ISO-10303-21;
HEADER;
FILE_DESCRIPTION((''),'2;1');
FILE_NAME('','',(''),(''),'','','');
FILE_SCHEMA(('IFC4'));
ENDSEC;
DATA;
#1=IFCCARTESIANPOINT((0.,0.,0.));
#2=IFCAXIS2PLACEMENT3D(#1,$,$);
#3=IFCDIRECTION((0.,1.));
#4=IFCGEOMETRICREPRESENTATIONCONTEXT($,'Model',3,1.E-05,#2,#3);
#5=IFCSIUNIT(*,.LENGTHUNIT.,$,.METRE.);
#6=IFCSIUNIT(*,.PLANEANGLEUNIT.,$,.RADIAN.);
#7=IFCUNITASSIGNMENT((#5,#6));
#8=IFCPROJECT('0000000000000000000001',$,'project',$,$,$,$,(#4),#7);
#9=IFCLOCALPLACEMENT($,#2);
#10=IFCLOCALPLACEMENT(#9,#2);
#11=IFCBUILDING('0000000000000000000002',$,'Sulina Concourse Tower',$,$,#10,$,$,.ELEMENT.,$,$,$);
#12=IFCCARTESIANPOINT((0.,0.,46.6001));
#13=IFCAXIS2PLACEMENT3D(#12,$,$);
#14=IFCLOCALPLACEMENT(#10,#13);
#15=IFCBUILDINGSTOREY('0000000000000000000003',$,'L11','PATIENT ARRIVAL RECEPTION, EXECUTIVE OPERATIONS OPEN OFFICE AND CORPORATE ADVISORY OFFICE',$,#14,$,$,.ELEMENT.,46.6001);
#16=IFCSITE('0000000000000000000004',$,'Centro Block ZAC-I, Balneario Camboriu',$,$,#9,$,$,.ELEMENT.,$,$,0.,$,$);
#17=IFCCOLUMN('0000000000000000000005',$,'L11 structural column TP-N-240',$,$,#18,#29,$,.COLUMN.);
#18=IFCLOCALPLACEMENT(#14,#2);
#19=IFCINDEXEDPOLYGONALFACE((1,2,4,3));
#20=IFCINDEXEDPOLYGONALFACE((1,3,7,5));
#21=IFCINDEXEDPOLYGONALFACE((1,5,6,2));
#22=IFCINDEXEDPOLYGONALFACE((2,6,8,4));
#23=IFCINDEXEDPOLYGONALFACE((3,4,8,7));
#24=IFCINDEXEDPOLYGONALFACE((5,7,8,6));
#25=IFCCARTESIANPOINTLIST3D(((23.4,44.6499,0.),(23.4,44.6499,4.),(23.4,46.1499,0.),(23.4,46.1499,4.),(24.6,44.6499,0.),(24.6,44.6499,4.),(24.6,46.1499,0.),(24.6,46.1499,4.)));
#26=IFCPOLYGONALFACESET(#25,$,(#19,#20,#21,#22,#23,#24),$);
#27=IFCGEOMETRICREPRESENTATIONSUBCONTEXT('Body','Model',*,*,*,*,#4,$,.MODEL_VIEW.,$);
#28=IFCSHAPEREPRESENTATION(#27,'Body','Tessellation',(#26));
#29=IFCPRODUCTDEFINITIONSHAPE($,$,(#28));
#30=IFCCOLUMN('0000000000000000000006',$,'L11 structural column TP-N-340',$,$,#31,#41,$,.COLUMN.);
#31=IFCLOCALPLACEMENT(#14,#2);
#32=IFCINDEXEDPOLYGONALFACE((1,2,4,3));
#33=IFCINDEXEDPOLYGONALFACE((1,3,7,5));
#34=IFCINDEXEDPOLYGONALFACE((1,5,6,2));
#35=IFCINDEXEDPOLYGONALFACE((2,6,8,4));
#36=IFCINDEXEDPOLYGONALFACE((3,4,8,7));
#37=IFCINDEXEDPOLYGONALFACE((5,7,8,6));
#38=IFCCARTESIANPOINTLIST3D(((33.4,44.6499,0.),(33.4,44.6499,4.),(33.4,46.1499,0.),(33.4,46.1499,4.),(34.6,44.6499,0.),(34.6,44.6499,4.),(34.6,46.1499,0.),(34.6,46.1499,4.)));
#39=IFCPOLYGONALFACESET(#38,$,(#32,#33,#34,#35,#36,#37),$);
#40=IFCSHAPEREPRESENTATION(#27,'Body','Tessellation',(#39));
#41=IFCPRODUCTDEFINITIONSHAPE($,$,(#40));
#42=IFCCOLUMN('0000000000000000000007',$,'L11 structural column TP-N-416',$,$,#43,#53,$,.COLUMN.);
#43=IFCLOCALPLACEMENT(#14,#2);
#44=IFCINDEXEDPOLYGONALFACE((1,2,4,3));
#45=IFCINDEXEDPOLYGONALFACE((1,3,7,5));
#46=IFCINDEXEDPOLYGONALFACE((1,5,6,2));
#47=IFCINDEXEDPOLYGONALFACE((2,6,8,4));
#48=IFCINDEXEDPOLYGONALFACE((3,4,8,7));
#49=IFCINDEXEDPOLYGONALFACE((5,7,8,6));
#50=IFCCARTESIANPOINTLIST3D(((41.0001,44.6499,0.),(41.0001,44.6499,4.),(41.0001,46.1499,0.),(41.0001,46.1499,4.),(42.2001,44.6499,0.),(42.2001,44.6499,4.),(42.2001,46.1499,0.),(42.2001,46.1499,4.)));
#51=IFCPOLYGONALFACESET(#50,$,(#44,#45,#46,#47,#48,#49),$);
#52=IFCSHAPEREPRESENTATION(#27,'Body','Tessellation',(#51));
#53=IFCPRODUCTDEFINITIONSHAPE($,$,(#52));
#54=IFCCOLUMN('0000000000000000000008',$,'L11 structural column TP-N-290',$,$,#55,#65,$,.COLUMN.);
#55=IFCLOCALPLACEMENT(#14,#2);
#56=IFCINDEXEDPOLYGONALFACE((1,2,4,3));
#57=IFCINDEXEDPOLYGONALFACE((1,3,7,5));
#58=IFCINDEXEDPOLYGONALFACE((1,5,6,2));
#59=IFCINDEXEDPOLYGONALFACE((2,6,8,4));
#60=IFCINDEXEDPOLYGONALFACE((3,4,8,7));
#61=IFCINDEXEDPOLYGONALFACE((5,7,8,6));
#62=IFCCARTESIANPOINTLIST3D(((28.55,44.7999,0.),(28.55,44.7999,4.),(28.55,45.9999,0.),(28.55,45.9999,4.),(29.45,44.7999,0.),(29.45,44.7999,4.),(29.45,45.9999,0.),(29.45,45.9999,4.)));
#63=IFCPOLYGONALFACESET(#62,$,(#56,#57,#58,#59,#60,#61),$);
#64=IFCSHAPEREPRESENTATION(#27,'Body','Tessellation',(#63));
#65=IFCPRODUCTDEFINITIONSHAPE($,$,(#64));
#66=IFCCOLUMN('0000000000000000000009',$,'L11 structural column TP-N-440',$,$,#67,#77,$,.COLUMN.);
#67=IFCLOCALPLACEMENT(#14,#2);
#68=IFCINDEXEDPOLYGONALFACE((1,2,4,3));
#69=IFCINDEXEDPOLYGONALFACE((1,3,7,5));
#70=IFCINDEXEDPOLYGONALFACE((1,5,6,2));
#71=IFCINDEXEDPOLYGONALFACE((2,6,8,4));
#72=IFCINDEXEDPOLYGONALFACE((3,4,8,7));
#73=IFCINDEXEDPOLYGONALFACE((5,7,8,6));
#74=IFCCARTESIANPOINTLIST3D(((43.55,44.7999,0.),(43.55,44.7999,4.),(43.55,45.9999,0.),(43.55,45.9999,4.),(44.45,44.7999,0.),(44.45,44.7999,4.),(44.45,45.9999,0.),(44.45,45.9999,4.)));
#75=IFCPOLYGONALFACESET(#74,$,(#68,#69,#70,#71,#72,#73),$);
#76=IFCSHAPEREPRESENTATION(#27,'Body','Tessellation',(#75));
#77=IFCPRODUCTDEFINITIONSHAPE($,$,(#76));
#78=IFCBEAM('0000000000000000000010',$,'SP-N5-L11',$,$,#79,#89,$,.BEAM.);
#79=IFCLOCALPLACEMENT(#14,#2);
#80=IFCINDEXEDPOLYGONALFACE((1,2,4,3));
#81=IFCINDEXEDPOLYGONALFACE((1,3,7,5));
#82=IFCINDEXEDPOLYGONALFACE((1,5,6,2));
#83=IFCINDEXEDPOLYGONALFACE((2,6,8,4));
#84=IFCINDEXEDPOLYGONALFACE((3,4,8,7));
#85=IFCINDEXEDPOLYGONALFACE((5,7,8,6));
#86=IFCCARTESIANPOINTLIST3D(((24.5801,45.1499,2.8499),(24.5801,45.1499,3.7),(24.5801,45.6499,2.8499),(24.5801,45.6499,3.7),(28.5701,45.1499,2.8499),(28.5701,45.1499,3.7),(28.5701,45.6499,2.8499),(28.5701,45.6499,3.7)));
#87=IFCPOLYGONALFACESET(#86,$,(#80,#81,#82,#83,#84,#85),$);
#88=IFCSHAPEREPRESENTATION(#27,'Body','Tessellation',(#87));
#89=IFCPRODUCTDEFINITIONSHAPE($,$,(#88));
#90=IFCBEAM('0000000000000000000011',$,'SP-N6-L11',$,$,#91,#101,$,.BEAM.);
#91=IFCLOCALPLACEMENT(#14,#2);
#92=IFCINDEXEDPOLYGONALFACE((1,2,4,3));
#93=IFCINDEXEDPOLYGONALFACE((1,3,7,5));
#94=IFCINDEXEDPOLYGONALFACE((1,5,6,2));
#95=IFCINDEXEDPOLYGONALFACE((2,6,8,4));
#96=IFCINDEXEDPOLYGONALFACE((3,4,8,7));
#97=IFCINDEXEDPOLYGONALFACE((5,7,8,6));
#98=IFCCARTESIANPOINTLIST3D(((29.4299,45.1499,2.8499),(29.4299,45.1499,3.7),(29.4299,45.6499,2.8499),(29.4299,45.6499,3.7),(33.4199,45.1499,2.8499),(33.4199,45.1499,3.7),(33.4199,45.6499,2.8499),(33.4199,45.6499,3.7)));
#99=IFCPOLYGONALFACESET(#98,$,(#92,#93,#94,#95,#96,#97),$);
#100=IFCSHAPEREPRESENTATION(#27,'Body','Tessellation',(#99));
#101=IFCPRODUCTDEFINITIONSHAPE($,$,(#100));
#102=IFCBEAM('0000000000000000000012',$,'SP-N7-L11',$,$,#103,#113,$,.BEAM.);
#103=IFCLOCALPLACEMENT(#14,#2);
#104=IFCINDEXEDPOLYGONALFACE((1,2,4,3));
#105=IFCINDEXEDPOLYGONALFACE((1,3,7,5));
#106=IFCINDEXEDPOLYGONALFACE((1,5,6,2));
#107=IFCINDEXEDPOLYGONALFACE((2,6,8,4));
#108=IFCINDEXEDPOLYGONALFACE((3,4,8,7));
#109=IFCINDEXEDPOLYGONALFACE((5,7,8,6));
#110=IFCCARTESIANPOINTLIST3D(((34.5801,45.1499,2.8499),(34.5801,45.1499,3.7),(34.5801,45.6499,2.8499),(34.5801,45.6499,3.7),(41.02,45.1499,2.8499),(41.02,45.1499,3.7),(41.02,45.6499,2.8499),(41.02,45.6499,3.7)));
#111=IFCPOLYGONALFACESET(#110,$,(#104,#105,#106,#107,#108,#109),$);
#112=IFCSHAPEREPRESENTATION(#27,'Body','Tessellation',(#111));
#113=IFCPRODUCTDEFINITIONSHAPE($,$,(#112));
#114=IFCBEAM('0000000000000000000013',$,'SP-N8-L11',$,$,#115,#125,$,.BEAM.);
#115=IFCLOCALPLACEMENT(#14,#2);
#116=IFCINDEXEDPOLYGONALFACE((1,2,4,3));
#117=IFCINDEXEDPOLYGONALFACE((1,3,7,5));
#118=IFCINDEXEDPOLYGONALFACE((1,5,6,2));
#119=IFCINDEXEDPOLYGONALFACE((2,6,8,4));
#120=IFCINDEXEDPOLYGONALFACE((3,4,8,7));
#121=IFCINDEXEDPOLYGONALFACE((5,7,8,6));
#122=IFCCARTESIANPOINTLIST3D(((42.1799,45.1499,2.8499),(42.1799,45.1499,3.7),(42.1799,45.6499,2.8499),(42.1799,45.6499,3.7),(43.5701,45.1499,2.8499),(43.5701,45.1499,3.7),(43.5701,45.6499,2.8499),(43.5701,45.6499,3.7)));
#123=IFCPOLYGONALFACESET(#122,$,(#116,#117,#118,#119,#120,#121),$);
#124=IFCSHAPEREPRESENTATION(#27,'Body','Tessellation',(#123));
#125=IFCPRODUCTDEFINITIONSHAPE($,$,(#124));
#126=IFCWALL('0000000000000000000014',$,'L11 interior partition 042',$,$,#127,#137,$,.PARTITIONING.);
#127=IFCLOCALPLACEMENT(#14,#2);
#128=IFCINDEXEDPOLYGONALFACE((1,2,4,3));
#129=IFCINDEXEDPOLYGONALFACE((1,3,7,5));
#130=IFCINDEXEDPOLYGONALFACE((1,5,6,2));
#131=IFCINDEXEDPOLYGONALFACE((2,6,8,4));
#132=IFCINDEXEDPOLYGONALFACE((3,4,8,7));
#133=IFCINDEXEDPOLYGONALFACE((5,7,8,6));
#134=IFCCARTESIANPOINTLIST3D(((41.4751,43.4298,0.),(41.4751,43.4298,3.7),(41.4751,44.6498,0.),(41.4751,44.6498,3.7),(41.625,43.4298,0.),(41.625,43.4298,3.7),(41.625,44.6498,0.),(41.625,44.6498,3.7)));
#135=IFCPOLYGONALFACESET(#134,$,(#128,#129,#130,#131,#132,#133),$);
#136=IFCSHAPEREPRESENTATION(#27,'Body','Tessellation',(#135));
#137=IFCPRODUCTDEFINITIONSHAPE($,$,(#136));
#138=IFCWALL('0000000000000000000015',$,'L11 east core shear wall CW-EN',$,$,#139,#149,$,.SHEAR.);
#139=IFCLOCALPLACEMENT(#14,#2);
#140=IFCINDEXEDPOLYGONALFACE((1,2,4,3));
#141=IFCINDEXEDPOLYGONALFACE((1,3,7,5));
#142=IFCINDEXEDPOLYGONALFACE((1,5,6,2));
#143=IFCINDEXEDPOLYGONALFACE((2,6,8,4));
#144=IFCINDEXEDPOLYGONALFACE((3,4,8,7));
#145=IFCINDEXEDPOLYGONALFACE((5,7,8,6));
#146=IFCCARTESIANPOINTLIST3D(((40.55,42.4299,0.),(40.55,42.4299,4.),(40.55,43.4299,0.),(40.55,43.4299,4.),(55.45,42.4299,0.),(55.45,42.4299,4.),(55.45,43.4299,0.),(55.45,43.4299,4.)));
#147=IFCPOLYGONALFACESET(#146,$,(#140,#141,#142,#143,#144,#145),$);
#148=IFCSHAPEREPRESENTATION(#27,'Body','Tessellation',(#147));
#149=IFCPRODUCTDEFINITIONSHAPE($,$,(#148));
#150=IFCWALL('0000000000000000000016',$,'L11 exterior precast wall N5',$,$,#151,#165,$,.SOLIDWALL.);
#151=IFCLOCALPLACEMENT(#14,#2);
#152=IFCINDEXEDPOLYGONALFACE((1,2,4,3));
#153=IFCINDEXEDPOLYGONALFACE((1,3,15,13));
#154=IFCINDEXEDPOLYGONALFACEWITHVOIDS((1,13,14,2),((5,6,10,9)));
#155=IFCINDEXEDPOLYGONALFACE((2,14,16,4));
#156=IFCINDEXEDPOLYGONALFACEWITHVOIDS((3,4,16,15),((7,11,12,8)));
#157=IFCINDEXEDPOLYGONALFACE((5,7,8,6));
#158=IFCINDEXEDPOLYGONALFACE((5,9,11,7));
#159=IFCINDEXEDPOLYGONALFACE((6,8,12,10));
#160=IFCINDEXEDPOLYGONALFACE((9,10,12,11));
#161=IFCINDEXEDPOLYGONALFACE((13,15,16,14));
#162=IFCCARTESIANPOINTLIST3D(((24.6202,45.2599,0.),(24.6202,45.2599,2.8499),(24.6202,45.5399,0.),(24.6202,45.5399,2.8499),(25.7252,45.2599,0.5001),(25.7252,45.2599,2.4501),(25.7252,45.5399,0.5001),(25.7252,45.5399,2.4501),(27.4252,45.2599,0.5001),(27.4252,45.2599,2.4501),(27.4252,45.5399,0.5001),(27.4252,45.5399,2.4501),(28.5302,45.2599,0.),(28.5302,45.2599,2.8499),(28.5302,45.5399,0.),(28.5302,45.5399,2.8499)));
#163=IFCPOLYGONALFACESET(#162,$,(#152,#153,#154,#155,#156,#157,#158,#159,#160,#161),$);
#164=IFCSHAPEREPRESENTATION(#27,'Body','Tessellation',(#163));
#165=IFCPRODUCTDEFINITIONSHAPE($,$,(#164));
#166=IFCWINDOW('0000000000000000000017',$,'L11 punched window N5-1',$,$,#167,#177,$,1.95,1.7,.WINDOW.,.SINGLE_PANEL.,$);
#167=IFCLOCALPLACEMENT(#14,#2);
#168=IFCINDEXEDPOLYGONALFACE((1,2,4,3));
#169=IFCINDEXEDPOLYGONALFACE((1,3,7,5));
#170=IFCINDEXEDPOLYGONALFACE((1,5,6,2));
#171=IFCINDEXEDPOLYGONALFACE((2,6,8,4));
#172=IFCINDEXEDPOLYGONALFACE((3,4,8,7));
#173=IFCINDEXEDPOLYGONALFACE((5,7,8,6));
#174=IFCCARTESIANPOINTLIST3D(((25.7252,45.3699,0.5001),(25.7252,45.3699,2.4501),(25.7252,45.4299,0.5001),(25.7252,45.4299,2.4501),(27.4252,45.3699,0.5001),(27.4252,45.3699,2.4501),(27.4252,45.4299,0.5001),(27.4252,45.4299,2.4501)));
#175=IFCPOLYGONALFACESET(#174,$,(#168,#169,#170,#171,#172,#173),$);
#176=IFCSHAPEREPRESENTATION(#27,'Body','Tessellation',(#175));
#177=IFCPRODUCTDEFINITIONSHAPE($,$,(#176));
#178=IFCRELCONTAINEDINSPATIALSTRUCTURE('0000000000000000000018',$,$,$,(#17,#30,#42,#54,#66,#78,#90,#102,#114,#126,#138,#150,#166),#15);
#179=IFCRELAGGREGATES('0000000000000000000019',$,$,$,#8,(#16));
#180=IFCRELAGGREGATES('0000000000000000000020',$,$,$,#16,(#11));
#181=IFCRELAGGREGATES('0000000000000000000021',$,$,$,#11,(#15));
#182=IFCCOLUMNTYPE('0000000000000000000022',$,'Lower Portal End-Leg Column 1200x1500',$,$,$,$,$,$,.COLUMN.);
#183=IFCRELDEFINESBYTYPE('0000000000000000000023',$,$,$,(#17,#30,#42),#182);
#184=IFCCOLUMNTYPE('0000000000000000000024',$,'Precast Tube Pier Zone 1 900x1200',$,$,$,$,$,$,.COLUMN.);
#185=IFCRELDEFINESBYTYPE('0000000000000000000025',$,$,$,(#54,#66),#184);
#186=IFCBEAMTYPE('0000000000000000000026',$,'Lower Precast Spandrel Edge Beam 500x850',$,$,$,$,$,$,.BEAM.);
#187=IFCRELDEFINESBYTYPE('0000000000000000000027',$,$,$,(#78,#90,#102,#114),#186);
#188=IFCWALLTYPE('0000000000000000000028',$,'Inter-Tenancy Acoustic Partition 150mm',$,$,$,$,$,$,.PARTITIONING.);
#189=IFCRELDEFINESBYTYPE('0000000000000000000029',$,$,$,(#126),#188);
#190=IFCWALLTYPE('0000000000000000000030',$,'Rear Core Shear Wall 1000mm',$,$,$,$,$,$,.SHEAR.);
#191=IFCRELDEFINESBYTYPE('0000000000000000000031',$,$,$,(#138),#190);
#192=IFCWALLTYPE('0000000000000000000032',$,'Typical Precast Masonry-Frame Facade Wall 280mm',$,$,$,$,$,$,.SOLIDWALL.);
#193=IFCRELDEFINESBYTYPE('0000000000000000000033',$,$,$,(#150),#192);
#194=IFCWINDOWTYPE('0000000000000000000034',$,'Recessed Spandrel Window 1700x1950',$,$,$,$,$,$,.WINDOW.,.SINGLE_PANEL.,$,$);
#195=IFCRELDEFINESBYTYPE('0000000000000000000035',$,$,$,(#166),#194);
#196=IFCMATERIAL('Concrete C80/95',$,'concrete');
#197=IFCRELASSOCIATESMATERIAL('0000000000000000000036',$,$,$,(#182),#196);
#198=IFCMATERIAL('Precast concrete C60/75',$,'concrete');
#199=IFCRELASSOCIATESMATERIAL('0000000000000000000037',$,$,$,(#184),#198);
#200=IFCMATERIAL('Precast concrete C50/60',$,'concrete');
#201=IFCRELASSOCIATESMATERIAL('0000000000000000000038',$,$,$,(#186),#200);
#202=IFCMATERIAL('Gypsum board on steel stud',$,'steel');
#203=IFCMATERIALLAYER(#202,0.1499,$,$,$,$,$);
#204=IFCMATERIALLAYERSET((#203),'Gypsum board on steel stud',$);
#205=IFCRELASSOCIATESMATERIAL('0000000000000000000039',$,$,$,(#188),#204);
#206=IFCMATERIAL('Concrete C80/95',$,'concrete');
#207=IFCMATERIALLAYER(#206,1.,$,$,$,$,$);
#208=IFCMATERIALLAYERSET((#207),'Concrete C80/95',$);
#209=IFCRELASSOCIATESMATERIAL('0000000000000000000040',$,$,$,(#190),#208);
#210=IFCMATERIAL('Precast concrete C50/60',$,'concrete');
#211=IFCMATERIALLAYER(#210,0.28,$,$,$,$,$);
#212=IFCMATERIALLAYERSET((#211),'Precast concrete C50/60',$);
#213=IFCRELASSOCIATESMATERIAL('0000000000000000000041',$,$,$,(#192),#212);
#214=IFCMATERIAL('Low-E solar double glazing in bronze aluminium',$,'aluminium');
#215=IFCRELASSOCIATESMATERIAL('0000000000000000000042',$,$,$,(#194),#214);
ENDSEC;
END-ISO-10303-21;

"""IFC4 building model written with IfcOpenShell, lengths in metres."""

from ifc_helpers import new_model, si_unit, direction, frame, frame_2d, origin, origin_2d, place, context, subcontext, project, spatial, rectangle, extrude, material, layer, layer_set, material_profile, profile_set, type_object, element, fill, save


model = new_model("IFC4")

# Units and contexts
model_context = context("Model", 3, precision=1e-05, world=origin(), true_north=direction((0.0, 1.0)))
body_context = subcontext(model_context, "Body", "Model", "MODEL_VIEW")
ifc_project = project(units=[si_unit("LENGTHUNIT", "METRE"), si_unit("PLANEANGLEUNIT", "RADIAN")], contexts=[model_context])

# Site, building, storey
site_placement = place(None, origin())
site = spatial("IfcSite", under=ifc_project, at=site_placement, Name="Centro Block ZAC-I, Balneario Camboriu", CompositionType="ELEMENT", RefElevation=0.0)
building_placement = place(site_placement, origin())
building = spatial("IfcBuilding", under=site, at=building_placement, Name="Sulina Concourse Tower", CompositionType="ELEMENT")
storey_placement = place(building_placement, frame((0.0, 0.0, 46.6001)))
storey = spatial("IfcBuildingStorey", under=building, at=storey_placement, Name="L11", Description="PATIENT ARRIVAL RECEPTION, EXECUTIVE OPERATIONS OPEN OFFICE AND CORPORATE ADVISORY OFFICE", CompositionType="ELEMENT", Elevation=46.6001)

# Columns
ifc_material_1 = material(Name="Concrete C80/95", Category="concrete")
ifc_material_profile_1 = material_profile(ifc_material_1, rectangle(XDim=1.2, YDim=1.5, at=origin_2d()), Name="RC 1200x1500")
ifc_profile_set_1 = profile_set([ifc_material_profile_1], Name="Concrete C80/95")
column_type_1 = type_object("IfcColumnType", Name="Lower Portal End-Leg Column 1200x1500", PredefinedType="COLUMN", material=ifc_profile_set_1)
for number, where, z_axis, x_axis, name in (
    (1, (24.0, 45.3999, 0.0), (0.0, 0.0, 1.0), (1.0, 0.0, 0.0), "L11 structural column TP-N-240"),
    (2, (34.0, 45.3999, 0.0), (0.0, 0.0, 1.0), (1.0, 0.0, 0.0), "L11 structural column TP-N-340"),
    (3, (41.6001, 45.3999, 0.0), (0.0, 0.0, 1.0), (1.0, 0.0, 0.0), "L11 structural column TP-N-416"),
):
    element("IfcColumn", number, at=place(storey_placement, frame(where, z_axis=z_axis, x_axis=x_axis)), inside=storey, type_object=column_type_1, Name=name, PredefinedType="COLUMN", context=body_context, shape_type="SweptSolid", body=[
        extrude(rectangle(XDim=1.2, YDim=1.5, at=origin_2d()), origin(), (0.0, 0.0, 1.0), 4.0),
    ])
ifc_material_2 = material(Name="Precast concrete C60/75", Category="concrete")
ifc_material_profile_2 = material_profile(ifc_material_2, rectangle(XDim=0.8999, YDim=1.2, at=origin_2d()), Name="PC 900x1200")
ifc_profile_set_2 = profile_set([ifc_material_profile_2], Name="Precast concrete C60/75")
column_type_2 = type_object("IfcColumnType", Name="Precast Tube Pier Zone 1 900x1200", PredefinedType="COLUMN", material=ifc_profile_set_2)
for number, where, z_axis, x_axis, name in (
    (4, (29.0, 45.3999, 0.0), (0.0, 0.0, 1.0), (1.0, 0.0, 0.0), "L11 structural column TP-N-290"),
    (5, (44.0, 45.3999, 0.0), (0.0, 0.0, 1.0), (1.0, 0.0, 0.0), "L11 structural column TP-N-440"),
):
    element("IfcColumn", number, at=place(storey_placement, frame(where, z_axis=z_axis, x_axis=x_axis)), inside=storey, type_object=column_type_2, Name=name, PredefinedType="COLUMN", context=body_context, shape_type="SweptSolid", body=[
        extrude(rectangle(XDim=0.8999, YDim=1.2, at=origin_2d()), origin(), (0.0, 0.0, 1.0), 4.0),
    ])

# Beams
ifc_material_3 = material(Name="Precast concrete C50/60", Category="concrete")
ifc_material_profile_3 = material_profile(ifc_material_3, rectangle(XDim=0.5, YDim=0.8501, at=origin_2d()), Name="RC 500x850")
ifc_profile_set_3 = profile_set([ifc_material_profile_3], Name="Precast concrete C50/60")
beam_type = type_object("IfcBeamType", Name="Lower Precast Spandrel Edge Beam 500x850", PredefinedType="BEAM", material=ifc_profile_set_3)
for number, where, z_axis, x_axis, name in (
    (6, (24.5801, 45.3999, 3.2749), (1.0, 0.0, 0.0), (0.0, 1.0, 0.0), "SP-N5-L11"),
    (7, (29.4299, 45.3999, 3.2749), (1.0, 0.0, 0.0), (0.0, 1.0, 0.0), "SP-N6-L11"),
):
    element("IfcBeam", number, at=place(storey_placement, frame(where, z_axis=z_axis, x_axis=x_axis)), inside=storey, type_object=beam_type, Name=name, PredefinedType="BEAM", context=body_context, shape_type="SweptSolid", body=[
        extrude(rectangle(XDim=0.5, YDim=0.8501, at=origin_2d()), origin(), (0.0, 0.0, 1.0), 3.99),
    ])
beam_1_placement = place(storey_placement, frame((34.5801, 45.3999, 3.2749), z_axis=(1.0, 0.0, 0.0), x_axis=(0.0, 1.0, 0.0)))
element("IfcBeam", 8, at=beam_1_placement, inside=storey, type_object=beam_type, Name="SP-N7-L11", PredefinedType="BEAM", context=body_context, shape_type="SweptSolid", body=[
    extrude(rectangle(XDim=0.5, YDim=0.8501, at=origin_2d()), origin(), (0.0, 0.0, 1.0), 6.4399),
])
beam_2_placement = place(storey_placement, frame((42.1799, 45.3999, 3.2749), z_axis=(1.0, 0.0, 0.0), x_axis=(0.0, 1.0, 0.0)))
element("IfcBeam", 9, at=beam_2_placement, inside=storey, type_object=beam_type, Name="SP-N8-L11", PredefinedType="BEAM", context=body_context, shape_type="SweptSolid", body=[
    extrude(rectangle(XDim=0.5, YDim=0.8501, at=origin_2d()), origin(), (0.0, 0.0, 1.0), 1.3901),
])

# Walls
ifc_material_4 = material(Name="Gypsum board on steel stud", Category="steel")
ifc_layer_1 = layer(ifc_material_4, 0.1499)
ifc_layer_set_1 = layer_set([ifc_layer_1], Name="Gypsum board on steel stud")
wall_type_1 = type_object("IfcWallType", Name="Inter-Tenancy Acoustic Partition 150mm", PredefinedType="PARTITIONING", material=ifc_layer_set_1)
wall_1_placement = place(storey_placement, frame((41.55, 43.4299, 0.0), z_axis=(0.0, 0.0, 1.0), x_axis=(0.0, 1.0, 0.0)))
element("IfcWall", 10, at=wall_1_placement, inside=storey, type_object=wall_type_1, Name="L11 interior partition 042", PredefinedType="PARTITIONING", context=body_context, shape_type="SweptSolid", body=[
    extrude(rectangle(XDim=1.22, YDim=0.1499, at=frame_2d((0.6099, 0.0))), origin(), (0.0, 0.0, 1.0), 3.7),
])
ifc_material_5 = material(Name="Concrete C80/95", Category="concrete")
ifc_layer_2 = layer(ifc_material_5, 1.0)
ifc_layer_set_2 = layer_set([ifc_layer_2], Name="Concrete C80/95")
wall_type_2 = type_object("IfcWallType", Name="Rear Core Shear Wall 1000mm", PredefinedType="SHEAR", material=ifc_layer_set_2)
wall_2_placement = place(storey_placement, frame((40.55, 42.9299, 0.0), z_axis=(0.0, 0.0, 1.0), x_axis=(1.0, 0.0, 0.0)))
element("IfcWall", 11, at=wall_2_placement, inside=storey, type_object=wall_type_2, Name="L11 east core shear wall CW-EN", PredefinedType="SHEAR", context=body_context, shape_type="SweptSolid", body=[
    extrude(rectangle(XDim=14.8999, YDim=1.0, at=frame_2d((7.45, 0.0))), origin(), (0.0, 0.0, 1.0), 4.0),
])

# Wall, opening, window
ifc_material_6 = material(Name="Precast concrete C50/60", Category="concrete")
ifc_layer_3 = layer(ifc_material_6, 0.28)
ifc_layer_set_3 = layer_set([ifc_layer_3], Name="Precast concrete C50/60")
wall_type_3 = type_object("IfcWallType", Name="Typical Precast Masonry-Frame Facade Wall 280mm", PredefinedType="SOLIDWALL", material=ifc_layer_set_3)
wall_3_placement = place(storey_placement, frame((24.6201, 45.3999, 0.0), z_axis=(0.0, 0.0, 1.0), x_axis=(1.0, 0.0, 0.0)))
wall_3 = element("IfcWall", 12, at=wall_3_placement, inside=storey, type_object=wall_type_3, Name="L11 exterior precast wall N5", PredefinedType="SOLIDWALL", context=body_context, shape_type="SweptSolid", body=[
    extrude(rectangle(XDim=3.9099, YDim=0.28, at=frame_2d((1.9551, 0.0))), origin(), (0.0, 0.0, 1.0), 2.8499),
])
opening_1_placement = place(wall_3_placement, frame((1.105, 0.0, 0.5)))
opening_1 = element("IfcOpeningElement", 13, at=opening_1_placement, cuts=wall_3, PredefinedType="OPENING", context=body_context, shape_type="SweptSolid", body=[
    extrude(rectangle(XDim=1.7, YDim=1.95, at=frame_2d((0.8501, 0.9751))), frame((0.0, 0.1499, 0.0), z_axis=(0.0, -1.0, 0.0), x_axis=(1.0, 0.0, 0.0)), (0.0, 0.0, 1.0), 0.3),
])
ifc_material_7 = material(Name="Low-E solar double glazing in bronze aluminium", Category="aluminium")
window_type = type_object("IfcWindowType", Name="Recessed Spandrel Window 1700x1950", PartitioningType="SINGLE_PANEL", PredefinedType="WINDOW", material=ifc_material_7)
window_1_placement = place(opening_1_placement, origin())
window_1 = element("IfcWindow", 14, at=window_1_placement, inside=storey, type_object=window_type, Name="L11 punched window N5-1", OverallHeight=1.95, OverallWidth=1.7, PartitioningType="SINGLE_PANEL", PredefinedType="WINDOW", context=body_context, shape_type="SweptSolid", body=[
    extrude(rectangle(XDim=1.7, YDim=1.95, at=frame_2d((0.8501, 0.9751))), frame((0.0, 0.03, 0.0), z_axis=(0.0, -1.0, 0.0), x_axis=(1.0, 0.0, 0.0)), (0.0, 0.0, 1.0), 0.0601),
])
fill(opening_1, window_1)

save(model, "model.ifc")
